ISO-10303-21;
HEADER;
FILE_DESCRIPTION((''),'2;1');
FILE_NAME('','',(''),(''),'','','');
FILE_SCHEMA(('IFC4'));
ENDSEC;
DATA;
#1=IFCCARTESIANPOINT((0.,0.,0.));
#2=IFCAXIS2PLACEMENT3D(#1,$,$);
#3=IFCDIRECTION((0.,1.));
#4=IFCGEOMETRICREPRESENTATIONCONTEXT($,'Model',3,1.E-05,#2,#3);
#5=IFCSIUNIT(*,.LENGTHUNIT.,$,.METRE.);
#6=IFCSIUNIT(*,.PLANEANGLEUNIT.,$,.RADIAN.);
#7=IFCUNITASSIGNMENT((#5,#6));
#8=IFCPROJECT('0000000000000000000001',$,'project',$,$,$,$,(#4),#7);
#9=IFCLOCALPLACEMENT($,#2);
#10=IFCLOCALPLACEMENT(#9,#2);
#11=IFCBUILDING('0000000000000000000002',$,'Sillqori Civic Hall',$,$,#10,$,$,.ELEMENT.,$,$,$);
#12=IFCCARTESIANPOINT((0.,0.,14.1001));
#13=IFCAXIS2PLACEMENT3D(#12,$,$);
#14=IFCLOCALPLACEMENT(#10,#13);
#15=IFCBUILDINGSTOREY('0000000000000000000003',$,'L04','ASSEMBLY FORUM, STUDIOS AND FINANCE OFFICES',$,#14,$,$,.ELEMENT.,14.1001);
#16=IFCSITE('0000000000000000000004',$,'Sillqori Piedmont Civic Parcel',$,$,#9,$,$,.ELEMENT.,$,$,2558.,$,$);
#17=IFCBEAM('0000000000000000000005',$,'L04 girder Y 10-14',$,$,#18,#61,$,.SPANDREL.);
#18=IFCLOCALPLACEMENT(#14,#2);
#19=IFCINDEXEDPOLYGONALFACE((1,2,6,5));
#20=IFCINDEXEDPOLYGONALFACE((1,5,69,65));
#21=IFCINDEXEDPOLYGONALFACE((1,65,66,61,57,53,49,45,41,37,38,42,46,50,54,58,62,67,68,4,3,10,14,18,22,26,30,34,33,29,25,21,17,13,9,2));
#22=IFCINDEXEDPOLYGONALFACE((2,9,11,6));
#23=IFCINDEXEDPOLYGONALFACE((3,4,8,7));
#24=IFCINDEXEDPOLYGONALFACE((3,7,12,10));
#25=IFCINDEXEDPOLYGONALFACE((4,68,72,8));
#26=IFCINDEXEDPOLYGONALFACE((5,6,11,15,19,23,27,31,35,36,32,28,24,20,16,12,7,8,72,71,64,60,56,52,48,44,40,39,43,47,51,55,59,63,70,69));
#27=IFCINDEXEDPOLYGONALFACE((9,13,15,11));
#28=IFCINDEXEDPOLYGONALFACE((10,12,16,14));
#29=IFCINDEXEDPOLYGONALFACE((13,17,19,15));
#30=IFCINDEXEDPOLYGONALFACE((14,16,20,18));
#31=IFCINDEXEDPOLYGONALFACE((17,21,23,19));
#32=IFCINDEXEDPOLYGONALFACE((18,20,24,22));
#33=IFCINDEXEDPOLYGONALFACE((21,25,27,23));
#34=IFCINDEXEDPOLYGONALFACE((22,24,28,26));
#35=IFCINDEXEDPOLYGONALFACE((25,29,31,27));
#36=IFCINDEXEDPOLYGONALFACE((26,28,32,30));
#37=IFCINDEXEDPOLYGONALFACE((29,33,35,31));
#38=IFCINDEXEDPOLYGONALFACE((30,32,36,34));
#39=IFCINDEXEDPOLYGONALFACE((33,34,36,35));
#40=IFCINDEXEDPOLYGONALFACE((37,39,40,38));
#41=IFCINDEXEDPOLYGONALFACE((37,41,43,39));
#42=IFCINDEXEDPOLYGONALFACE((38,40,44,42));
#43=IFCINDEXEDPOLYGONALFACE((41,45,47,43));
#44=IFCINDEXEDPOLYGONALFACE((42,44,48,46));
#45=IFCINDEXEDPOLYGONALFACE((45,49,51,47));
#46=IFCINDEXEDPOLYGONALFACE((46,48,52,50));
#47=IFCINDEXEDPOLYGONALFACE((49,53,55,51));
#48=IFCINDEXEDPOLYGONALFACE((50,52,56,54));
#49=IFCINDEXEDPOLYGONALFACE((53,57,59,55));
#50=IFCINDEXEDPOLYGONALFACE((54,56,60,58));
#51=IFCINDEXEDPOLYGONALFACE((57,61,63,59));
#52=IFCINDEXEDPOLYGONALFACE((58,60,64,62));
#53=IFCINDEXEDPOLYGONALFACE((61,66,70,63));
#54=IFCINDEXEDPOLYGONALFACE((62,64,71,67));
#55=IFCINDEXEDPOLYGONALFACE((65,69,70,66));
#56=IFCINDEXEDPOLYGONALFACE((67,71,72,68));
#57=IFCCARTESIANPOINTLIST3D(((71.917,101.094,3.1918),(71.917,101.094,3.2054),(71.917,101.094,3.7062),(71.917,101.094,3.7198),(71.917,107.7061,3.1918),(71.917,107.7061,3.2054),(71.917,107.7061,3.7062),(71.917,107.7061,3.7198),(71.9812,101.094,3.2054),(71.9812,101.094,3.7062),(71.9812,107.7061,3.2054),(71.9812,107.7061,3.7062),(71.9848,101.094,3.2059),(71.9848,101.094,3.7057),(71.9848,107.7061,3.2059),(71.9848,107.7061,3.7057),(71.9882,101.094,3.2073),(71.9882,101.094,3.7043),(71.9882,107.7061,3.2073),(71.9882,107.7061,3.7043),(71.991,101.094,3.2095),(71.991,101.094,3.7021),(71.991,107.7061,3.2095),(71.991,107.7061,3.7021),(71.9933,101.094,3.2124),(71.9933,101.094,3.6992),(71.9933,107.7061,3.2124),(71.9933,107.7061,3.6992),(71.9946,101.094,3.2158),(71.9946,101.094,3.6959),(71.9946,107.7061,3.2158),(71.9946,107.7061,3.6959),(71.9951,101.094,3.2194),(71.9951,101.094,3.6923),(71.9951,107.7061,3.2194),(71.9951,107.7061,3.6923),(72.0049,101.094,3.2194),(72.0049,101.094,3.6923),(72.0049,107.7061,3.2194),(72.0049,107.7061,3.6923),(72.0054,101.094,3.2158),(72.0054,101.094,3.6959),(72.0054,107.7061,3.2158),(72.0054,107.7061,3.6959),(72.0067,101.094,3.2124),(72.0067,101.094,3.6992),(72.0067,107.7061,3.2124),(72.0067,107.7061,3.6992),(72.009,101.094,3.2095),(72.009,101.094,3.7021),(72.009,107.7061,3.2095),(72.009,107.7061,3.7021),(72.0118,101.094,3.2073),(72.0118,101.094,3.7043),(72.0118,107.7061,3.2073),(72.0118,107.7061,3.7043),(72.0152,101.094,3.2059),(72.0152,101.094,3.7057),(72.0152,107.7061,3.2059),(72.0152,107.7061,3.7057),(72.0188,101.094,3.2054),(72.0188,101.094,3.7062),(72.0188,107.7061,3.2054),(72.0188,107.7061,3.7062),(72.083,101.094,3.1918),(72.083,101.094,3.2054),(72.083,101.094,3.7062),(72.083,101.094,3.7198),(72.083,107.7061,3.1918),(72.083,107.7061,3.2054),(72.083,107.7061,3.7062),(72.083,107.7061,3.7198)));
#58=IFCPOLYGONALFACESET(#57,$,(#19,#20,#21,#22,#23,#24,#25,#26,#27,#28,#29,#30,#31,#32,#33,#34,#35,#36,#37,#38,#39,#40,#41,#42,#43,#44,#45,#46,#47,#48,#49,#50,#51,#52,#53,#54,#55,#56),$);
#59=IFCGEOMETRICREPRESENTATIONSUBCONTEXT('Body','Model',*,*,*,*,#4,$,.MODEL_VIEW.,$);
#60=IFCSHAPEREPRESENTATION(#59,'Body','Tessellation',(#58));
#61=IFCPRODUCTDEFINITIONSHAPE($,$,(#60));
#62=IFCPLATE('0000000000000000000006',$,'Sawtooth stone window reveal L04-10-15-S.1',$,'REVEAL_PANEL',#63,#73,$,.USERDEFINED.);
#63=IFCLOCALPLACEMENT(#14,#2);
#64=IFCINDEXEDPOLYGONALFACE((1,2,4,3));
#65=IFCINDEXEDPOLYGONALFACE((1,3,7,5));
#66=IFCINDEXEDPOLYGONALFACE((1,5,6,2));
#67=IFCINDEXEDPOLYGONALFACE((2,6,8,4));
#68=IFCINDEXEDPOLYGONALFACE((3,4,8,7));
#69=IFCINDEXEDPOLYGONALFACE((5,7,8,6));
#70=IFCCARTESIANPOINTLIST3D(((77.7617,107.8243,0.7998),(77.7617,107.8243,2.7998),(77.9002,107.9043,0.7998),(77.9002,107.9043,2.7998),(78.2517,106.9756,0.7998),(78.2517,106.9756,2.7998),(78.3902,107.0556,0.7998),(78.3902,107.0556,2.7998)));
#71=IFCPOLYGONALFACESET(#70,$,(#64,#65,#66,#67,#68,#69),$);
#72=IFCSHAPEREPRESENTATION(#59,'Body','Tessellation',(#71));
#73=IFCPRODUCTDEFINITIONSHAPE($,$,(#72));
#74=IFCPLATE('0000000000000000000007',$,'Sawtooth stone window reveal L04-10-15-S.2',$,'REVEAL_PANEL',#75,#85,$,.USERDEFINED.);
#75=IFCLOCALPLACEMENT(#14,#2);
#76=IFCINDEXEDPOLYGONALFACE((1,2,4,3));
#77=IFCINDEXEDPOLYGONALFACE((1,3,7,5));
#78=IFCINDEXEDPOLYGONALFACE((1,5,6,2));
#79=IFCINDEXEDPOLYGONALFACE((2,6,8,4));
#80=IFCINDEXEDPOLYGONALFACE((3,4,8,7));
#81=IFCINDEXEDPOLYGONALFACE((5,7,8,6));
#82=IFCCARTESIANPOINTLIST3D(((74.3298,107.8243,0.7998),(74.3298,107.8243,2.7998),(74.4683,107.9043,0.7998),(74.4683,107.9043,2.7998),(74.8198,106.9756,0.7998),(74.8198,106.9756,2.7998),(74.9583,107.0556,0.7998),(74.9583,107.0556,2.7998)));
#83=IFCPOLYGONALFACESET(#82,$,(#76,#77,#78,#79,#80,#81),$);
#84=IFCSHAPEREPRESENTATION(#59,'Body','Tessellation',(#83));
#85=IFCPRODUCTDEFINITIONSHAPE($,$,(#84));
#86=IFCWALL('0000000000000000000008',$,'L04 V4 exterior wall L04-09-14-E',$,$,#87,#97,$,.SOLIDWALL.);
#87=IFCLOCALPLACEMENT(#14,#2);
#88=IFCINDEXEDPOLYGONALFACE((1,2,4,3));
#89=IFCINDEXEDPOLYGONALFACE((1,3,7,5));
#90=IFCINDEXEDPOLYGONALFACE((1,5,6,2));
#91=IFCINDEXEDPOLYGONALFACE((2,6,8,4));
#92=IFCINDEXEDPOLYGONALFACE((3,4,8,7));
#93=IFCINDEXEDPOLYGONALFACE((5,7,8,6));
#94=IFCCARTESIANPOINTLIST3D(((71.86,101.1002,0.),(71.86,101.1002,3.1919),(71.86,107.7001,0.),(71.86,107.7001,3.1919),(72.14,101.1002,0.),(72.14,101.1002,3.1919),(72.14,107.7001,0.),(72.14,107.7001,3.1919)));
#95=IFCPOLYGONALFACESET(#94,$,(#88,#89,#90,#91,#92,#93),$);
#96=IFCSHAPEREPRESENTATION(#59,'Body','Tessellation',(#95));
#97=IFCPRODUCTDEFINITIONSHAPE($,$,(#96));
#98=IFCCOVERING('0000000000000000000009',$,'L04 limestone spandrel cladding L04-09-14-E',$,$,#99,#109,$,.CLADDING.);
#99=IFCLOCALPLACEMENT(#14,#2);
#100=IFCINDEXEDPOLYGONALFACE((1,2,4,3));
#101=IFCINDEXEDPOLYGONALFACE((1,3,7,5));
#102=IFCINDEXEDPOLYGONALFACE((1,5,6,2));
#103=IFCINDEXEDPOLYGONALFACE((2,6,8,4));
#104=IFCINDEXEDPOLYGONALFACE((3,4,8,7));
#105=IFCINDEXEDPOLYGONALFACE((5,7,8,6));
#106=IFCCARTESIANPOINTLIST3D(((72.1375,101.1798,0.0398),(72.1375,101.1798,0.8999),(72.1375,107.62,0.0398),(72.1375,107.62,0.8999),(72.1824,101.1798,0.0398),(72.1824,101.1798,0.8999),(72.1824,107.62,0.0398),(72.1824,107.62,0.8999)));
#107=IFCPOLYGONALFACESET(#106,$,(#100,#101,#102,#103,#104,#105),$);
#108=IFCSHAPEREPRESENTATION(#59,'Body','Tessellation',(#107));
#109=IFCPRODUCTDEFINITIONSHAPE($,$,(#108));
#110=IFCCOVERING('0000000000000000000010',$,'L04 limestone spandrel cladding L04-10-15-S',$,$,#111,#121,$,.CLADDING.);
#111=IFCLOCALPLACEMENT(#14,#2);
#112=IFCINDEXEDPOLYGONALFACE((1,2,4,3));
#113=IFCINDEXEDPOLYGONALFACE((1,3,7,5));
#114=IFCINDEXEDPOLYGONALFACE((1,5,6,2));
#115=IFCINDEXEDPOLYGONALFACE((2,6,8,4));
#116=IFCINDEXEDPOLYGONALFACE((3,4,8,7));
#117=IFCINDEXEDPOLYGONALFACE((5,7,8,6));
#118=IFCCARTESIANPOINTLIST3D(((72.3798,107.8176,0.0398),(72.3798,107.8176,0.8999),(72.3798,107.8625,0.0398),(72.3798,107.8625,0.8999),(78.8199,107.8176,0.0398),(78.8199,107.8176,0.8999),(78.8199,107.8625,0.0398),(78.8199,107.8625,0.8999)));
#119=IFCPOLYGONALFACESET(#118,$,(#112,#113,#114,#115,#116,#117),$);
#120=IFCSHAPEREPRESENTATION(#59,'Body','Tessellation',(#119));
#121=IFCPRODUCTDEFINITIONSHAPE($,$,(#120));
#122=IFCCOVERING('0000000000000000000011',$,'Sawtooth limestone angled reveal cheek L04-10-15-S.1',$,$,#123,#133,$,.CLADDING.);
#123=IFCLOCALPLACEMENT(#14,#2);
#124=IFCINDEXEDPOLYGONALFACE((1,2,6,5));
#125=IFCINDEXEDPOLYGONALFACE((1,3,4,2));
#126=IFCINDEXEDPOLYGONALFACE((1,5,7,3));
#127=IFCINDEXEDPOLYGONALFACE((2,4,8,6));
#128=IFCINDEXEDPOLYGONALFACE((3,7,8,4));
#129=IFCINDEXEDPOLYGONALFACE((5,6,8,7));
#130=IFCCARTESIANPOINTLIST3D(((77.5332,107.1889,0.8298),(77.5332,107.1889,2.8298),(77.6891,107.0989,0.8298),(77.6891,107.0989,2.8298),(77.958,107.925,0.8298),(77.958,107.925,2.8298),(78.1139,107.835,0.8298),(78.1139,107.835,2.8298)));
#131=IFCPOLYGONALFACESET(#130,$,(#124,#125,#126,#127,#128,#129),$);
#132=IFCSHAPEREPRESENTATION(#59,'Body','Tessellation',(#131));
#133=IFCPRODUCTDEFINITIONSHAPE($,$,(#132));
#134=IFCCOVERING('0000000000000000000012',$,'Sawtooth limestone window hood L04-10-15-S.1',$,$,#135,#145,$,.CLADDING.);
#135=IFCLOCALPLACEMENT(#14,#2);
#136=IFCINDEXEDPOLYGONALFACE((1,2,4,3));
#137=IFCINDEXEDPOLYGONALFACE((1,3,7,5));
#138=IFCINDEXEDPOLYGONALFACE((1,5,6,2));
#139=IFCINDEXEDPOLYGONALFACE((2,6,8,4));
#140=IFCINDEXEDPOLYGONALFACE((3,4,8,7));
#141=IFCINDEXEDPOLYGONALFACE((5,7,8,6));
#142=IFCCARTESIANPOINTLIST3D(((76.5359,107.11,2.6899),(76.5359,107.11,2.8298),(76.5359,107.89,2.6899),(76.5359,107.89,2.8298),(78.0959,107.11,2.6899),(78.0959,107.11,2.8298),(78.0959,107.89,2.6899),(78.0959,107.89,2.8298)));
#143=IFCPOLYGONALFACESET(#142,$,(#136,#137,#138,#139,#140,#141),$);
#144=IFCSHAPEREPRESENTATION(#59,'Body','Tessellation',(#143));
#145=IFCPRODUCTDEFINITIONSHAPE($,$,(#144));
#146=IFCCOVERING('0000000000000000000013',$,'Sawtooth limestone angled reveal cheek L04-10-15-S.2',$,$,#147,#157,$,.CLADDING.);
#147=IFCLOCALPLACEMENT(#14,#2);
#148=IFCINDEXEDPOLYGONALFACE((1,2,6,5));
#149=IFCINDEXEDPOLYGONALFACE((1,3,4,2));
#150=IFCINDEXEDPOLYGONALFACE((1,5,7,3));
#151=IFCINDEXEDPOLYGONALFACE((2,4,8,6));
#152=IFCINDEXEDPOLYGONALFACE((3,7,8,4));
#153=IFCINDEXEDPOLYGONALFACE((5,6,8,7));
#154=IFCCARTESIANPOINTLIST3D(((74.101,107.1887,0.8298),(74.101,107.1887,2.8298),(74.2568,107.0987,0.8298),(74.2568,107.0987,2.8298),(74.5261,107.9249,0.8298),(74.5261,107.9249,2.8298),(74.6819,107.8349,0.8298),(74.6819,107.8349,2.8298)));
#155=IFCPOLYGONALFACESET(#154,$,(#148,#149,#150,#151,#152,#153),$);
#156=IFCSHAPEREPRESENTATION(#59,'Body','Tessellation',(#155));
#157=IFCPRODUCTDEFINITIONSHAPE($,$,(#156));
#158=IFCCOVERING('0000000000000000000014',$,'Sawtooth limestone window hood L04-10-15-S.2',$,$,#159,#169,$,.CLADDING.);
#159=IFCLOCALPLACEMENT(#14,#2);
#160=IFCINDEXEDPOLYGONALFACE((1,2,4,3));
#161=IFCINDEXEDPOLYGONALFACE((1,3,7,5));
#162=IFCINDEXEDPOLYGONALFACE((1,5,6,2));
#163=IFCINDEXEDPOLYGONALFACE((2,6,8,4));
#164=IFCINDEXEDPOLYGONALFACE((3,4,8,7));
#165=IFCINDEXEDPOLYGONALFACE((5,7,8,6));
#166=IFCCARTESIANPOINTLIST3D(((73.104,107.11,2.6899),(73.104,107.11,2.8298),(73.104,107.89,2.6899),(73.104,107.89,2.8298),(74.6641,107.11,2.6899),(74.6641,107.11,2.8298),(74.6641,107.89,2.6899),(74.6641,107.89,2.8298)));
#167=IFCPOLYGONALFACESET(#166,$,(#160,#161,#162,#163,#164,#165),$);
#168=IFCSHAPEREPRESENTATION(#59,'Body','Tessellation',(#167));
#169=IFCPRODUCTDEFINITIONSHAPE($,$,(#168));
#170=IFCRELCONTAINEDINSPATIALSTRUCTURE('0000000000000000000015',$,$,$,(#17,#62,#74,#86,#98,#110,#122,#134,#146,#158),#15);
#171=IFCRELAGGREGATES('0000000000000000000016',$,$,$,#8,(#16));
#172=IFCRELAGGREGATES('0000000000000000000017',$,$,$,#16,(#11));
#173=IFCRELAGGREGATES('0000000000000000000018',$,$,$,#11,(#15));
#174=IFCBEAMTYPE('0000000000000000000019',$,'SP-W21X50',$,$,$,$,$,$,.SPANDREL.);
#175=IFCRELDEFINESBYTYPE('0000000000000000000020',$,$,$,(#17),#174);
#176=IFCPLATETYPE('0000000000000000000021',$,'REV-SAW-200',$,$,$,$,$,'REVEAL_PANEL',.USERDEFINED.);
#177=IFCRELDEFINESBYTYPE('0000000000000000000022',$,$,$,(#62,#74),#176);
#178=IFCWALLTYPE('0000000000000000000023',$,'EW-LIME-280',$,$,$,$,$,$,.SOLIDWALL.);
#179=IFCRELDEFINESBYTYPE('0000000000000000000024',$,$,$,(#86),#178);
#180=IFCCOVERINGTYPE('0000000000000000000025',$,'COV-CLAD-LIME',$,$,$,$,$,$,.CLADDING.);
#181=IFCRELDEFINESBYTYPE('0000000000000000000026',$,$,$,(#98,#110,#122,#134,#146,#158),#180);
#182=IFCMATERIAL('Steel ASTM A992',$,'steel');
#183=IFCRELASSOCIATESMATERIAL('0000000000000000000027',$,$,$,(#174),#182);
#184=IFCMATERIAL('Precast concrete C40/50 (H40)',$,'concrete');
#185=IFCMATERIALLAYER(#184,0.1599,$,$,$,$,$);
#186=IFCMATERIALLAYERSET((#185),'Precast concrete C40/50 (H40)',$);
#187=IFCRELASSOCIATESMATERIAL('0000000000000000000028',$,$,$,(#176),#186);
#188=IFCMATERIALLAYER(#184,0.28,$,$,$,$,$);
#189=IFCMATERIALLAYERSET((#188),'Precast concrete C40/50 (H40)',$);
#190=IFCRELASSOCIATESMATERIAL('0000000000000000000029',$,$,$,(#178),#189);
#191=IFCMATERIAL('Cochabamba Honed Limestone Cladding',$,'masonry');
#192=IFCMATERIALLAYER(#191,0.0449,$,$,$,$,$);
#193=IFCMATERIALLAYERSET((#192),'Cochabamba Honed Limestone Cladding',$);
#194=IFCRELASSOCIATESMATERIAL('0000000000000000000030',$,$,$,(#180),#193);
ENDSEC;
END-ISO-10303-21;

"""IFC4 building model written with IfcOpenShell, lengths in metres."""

from ifc_helpers import new_model, si_unit, direction, frame, frame_2d, origin, origin_2d, place, context, subcontext, project, spatial, rectangle, i_section, extrude, material, layer, layer_set, material_profile, profile_set, type_object, element, save


model = new_model("IFC4")

# Units and contexts
model_context = context("Model", 3, precision=1e-05, world=origin(), true_north=direction((0.0, 1.0)))
body_context = subcontext(model_context, "Body", "Model", "MODEL_VIEW")
ifc_project = project(units=[si_unit("LENGTHUNIT", "METRE"), si_unit("PLANEANGLEUNIT", "RADIAN")], contexts=[model_context])

# Site, building, storey
site_placement = place(None, origin())
site = spatial("IfcSite", under=ifc_project, at=site_placement, Name="Sillqori Piedmont Civic Parcel", CompositionType="ELEMENT", RefElevation=2558.0)
building_placement = place(site_placement, origin())
building = spatial("IfcBuilding", under=site, at=building_placement, Name="Sillqori Civic Hall", CompositionType="ELEMENT")
storey_placement = place(building_placement, frame((0.0, 0.0, 14.1001)))
storey = spatial("IfcBuildingStorey", under=building, at=storey_placement, Name="L04", Description="ASSEMBLY FORUM, STUDIOS AND FINANCE OFFICES", CompositionType="ELEMENT", Elevation=14.1001)

# Beam
ifc_material_1 = material(Name="Steel ASTM A992", Category="steel")
ifc_material_profile_1 = material_profile(ifc_material_1, i_section(OverallWidth=0.166, OverallDepth=0.5281, WebThickness=0.0098, FlangeThickness=0.0137, FilletRadius=0.0139, at=origin_2d()), Name="W21X50")
ifc_profile_set_1 = profile_set([ifc_material_profile_1], Name="Steel ASTM A992")
beam_type_1 = type_object("IfcBeamType", Name="SP-W21X50", PredefinedType="SPANDREL", material=ifc_profile_set_1)
beam_1_placement = place(storey_placement, frame((72.0, 101.094, 3.4558), z_axis=(0.0, 1.0, 0.0), x_axis=(-1.0, 0.0, 0.0)))
element("IfcBeam", 1, at=beam_1_placement, inside=storey, type_object=beam_type_1, Name="L04 girder Y 10-14", PredefinedType="SPANDREL", context=body_context, shape_type="SweptSolid", body=[
    extrude(i_section(OverallWidth=0.166, OverallDepth=0.5281, WebThickness=0.0098, FlangeThickness=0.0137, FilletRadius=0.0139, at=origin_2d()), origin(), (0.0, 0.0, 1.0), 6.6121),
])

# Plates
ifc_material_2 = material(Name="Precast concrete C40/50 (H40)", Category="concrete")
ifc_layer_1 = layer(ifc_material_2, 0.1599)
ifc_layer_set_1 = layer_set([ifc_layer_1], Name="Precast concrete C40/50 (H40)")
plate_type = type_object("IfcPlateType", Name="REV-SAW-200", ElementType="REVEAL_PANEL", PredefinedType="USERDEFINED", material=ifc_layer_set_1)
for number, where, z_axis, x_axis, name in (
    (2, (78.0759, 107.4399, 0.7998), (0.0, 0.0, 1.0), (-0.866025, -0.5, 0.0), "Sawtooth stone window reveal L04-10-15-S.1"),
    (3, (74.644, 107.4399, 0.7998), (0.0, 0.0, 1.0), (-0.866025, -0.5, 0.0), "Sawtooth stone window reveal L04-10-15-S.2"),
):
    element("IfcPlate", number, at=place(storey_placement, frame(where, z_axis=z_axis, x_axis=x_axis)), inside=storey, type_object=plate_type, Name=name, ObjectType="REVEAL_PANEL", PredefinedType="USERDEFINED", context=body_context, shape_type="SweptSolid", body=[
        extrude(rectangle(XDim=0.1599, YDim=0.98, at=origin_2d()), origin(), (0.0, 0.0, 1.0), 2.0),
    ])

# Wall
ifc_layer_2 = layer(ifc_material_2, 0.28)
ifc_layer_set_2 = layer_set([ifc_layer_2], Name="Precast concrete C40/50 (H40)")
wall_type = type_object("IfcWallType", Name="EW-LIME-280", PredefinedType="SOLIDWALL", material=ifc_layer_set_2)
wall_placement = place(storey_placement, frame((72.0, 107.7, 0.0), z_axis=(0.0, 0.0, 1.0), x_axis=(0.0, -1.0, 0.0)))
element("IfcWall", 4, at=wall_placement, inside=storey, type_object=wall_type, Name="L04 V4 exterior wall L04-09-14-E", PredefinedType="SOLIDWALL", context=body_context, shape_type="SweptSolid", body=[
    extrude(rectangle(XDim=6.5999, YDim=0.28, at=frame_2d((3.2998, 0.0))), origin(), (0.0, 0.0, 1.0), 3.1919),
])

# Coverings
ifc_material_3 = material(Name="Cochabamba Honed Limestone Cladding", Category="masonry")
ifc_layer_3 = layer(ifc_material_3, 0.0449)
ifc_layer_set_3 = layer_set([ifc_layer_3], Name="Cochabamba Honed Limestone Cladding")
covering_type = type_object("IfcCoveringType", Name="COV-CLAD-LIME", PredefinedType="CLADDING", material=ifc_layer_set_3)
for number, where, z_axis, x_axis, name in (
    (5, (72.1599, 107.6201, 0.0398), (0.0, 0.0, 1.0), (0.0, -1.0, 0.0), "L04 limestone spandrel cladding L04-09-14-E"),
    (6, (78.8201, 107.8401, 0.0398), (0.0, 0.0, 1.0), (-1.0, 0.0, 0.0), "L04 limestone spandrel cladding L04-10-15-S"),
):
    element("IfcCovering", number, at=place(storey_placement, frame(where, z_axis=z_axis, x_axis=x_axis)), inside=storey, type_object=covering_type, Name=name, PredefinedType="CLADDING", context=body_context, shape_type="SweptSolid", body=[
        extrude(rectangle(XDim=6.4402, YDim=0.0449, at=frame_2d((3.2202, 0.0))), origin(), (0.0, 0.0, 1.0), 0.8601),
    ])
covering_1_placement = place(storey_placement, frame((78.0359, 107.8799, 0.8298), z_axis=(0.0, 0.0, 1.0), x_axis=(-0.499847, -0.866114, 0.0)))
element("IfcCovering", 7, at=covering_1_placement, inside=storey, type_object=covering_type, Name="Sawtooth limestone angled reveal cheek L04-10-15-S.1", PredefinedType="CLADDING", context=body_context, shape_type="SweptSolid", body=[
    extrude(rectangle(XDim=0.8499, YDim=0.1799, at=frame_2d((0.4248, 0.0))), origin(), (0.0, 0.0, 1.0), 2.0),
])
covering_2_placement = place(storey_placement, frame((78.0959, 107.5, 2.6899), z_axis=(0.0, 0.0, 1.0), x_axis=(-1.0, 0.0, 0.0)))
element("IfcCovering", 8, at=covering_2_placement, inside=storey, type_object=covering_type, Name="Sawtooth limestone window hood L04-10-15-S.1", PredefinedType="CLADDING", context=body_context, shape_type="SweptSolid", body=[
    extrude(rectangle(XDim=1.5601, YDim=0.78, at=frame_2d((0.78, 0.0))), origin(), (0.0, 0.0, 1.0), 0.1399),
])
covering_3_placement = place(storey_placement, frame((74.604, 107.8799, 0.8298), z_axis=(0.0, 0.0, 1.0), x_axis=(-0.500062, -0.865989, 0.0)))
element("IfcCovering", 9, at=covering_3_placement, inside=storey, type_object=covering_type, Name="Sawtooth limestone angled reveal cheek L04-10-15-S.2", PredefinedType="CLADDING", context=body_context, shape_type="SweptSolid", body=[
    extrude(rectangle(XDim=0.8501, YDim=0.1799, at=frame_2d((0.425, 0.0))), origin(), (0.0, 0.0, 1.0), 2.0),
])
covering_4_placement = place(storey_placement, frame((74.6641, 107.5, 2.6899), z_axis=(0.0, 0.0, 1.0), x_axis=(-1.0, 0.0, 0.0)))
element("IfcCovering", 10, at=covering_4_placement, inside=storey, type_object=covering_type, Name="Sawtooth limestone window hood L04-10-15-S.2", PredefinedType="CLADDING", context=body_context, shape_type="SweptSolid", body=[
    extrude(rectangle(XDim=1.5601, YDim=0.78, at=frame_2d((0.78, 0.0))), origin(), (0.0, 0.0, 1.0), 0.1399),
])

save(model, "model.ifc")
